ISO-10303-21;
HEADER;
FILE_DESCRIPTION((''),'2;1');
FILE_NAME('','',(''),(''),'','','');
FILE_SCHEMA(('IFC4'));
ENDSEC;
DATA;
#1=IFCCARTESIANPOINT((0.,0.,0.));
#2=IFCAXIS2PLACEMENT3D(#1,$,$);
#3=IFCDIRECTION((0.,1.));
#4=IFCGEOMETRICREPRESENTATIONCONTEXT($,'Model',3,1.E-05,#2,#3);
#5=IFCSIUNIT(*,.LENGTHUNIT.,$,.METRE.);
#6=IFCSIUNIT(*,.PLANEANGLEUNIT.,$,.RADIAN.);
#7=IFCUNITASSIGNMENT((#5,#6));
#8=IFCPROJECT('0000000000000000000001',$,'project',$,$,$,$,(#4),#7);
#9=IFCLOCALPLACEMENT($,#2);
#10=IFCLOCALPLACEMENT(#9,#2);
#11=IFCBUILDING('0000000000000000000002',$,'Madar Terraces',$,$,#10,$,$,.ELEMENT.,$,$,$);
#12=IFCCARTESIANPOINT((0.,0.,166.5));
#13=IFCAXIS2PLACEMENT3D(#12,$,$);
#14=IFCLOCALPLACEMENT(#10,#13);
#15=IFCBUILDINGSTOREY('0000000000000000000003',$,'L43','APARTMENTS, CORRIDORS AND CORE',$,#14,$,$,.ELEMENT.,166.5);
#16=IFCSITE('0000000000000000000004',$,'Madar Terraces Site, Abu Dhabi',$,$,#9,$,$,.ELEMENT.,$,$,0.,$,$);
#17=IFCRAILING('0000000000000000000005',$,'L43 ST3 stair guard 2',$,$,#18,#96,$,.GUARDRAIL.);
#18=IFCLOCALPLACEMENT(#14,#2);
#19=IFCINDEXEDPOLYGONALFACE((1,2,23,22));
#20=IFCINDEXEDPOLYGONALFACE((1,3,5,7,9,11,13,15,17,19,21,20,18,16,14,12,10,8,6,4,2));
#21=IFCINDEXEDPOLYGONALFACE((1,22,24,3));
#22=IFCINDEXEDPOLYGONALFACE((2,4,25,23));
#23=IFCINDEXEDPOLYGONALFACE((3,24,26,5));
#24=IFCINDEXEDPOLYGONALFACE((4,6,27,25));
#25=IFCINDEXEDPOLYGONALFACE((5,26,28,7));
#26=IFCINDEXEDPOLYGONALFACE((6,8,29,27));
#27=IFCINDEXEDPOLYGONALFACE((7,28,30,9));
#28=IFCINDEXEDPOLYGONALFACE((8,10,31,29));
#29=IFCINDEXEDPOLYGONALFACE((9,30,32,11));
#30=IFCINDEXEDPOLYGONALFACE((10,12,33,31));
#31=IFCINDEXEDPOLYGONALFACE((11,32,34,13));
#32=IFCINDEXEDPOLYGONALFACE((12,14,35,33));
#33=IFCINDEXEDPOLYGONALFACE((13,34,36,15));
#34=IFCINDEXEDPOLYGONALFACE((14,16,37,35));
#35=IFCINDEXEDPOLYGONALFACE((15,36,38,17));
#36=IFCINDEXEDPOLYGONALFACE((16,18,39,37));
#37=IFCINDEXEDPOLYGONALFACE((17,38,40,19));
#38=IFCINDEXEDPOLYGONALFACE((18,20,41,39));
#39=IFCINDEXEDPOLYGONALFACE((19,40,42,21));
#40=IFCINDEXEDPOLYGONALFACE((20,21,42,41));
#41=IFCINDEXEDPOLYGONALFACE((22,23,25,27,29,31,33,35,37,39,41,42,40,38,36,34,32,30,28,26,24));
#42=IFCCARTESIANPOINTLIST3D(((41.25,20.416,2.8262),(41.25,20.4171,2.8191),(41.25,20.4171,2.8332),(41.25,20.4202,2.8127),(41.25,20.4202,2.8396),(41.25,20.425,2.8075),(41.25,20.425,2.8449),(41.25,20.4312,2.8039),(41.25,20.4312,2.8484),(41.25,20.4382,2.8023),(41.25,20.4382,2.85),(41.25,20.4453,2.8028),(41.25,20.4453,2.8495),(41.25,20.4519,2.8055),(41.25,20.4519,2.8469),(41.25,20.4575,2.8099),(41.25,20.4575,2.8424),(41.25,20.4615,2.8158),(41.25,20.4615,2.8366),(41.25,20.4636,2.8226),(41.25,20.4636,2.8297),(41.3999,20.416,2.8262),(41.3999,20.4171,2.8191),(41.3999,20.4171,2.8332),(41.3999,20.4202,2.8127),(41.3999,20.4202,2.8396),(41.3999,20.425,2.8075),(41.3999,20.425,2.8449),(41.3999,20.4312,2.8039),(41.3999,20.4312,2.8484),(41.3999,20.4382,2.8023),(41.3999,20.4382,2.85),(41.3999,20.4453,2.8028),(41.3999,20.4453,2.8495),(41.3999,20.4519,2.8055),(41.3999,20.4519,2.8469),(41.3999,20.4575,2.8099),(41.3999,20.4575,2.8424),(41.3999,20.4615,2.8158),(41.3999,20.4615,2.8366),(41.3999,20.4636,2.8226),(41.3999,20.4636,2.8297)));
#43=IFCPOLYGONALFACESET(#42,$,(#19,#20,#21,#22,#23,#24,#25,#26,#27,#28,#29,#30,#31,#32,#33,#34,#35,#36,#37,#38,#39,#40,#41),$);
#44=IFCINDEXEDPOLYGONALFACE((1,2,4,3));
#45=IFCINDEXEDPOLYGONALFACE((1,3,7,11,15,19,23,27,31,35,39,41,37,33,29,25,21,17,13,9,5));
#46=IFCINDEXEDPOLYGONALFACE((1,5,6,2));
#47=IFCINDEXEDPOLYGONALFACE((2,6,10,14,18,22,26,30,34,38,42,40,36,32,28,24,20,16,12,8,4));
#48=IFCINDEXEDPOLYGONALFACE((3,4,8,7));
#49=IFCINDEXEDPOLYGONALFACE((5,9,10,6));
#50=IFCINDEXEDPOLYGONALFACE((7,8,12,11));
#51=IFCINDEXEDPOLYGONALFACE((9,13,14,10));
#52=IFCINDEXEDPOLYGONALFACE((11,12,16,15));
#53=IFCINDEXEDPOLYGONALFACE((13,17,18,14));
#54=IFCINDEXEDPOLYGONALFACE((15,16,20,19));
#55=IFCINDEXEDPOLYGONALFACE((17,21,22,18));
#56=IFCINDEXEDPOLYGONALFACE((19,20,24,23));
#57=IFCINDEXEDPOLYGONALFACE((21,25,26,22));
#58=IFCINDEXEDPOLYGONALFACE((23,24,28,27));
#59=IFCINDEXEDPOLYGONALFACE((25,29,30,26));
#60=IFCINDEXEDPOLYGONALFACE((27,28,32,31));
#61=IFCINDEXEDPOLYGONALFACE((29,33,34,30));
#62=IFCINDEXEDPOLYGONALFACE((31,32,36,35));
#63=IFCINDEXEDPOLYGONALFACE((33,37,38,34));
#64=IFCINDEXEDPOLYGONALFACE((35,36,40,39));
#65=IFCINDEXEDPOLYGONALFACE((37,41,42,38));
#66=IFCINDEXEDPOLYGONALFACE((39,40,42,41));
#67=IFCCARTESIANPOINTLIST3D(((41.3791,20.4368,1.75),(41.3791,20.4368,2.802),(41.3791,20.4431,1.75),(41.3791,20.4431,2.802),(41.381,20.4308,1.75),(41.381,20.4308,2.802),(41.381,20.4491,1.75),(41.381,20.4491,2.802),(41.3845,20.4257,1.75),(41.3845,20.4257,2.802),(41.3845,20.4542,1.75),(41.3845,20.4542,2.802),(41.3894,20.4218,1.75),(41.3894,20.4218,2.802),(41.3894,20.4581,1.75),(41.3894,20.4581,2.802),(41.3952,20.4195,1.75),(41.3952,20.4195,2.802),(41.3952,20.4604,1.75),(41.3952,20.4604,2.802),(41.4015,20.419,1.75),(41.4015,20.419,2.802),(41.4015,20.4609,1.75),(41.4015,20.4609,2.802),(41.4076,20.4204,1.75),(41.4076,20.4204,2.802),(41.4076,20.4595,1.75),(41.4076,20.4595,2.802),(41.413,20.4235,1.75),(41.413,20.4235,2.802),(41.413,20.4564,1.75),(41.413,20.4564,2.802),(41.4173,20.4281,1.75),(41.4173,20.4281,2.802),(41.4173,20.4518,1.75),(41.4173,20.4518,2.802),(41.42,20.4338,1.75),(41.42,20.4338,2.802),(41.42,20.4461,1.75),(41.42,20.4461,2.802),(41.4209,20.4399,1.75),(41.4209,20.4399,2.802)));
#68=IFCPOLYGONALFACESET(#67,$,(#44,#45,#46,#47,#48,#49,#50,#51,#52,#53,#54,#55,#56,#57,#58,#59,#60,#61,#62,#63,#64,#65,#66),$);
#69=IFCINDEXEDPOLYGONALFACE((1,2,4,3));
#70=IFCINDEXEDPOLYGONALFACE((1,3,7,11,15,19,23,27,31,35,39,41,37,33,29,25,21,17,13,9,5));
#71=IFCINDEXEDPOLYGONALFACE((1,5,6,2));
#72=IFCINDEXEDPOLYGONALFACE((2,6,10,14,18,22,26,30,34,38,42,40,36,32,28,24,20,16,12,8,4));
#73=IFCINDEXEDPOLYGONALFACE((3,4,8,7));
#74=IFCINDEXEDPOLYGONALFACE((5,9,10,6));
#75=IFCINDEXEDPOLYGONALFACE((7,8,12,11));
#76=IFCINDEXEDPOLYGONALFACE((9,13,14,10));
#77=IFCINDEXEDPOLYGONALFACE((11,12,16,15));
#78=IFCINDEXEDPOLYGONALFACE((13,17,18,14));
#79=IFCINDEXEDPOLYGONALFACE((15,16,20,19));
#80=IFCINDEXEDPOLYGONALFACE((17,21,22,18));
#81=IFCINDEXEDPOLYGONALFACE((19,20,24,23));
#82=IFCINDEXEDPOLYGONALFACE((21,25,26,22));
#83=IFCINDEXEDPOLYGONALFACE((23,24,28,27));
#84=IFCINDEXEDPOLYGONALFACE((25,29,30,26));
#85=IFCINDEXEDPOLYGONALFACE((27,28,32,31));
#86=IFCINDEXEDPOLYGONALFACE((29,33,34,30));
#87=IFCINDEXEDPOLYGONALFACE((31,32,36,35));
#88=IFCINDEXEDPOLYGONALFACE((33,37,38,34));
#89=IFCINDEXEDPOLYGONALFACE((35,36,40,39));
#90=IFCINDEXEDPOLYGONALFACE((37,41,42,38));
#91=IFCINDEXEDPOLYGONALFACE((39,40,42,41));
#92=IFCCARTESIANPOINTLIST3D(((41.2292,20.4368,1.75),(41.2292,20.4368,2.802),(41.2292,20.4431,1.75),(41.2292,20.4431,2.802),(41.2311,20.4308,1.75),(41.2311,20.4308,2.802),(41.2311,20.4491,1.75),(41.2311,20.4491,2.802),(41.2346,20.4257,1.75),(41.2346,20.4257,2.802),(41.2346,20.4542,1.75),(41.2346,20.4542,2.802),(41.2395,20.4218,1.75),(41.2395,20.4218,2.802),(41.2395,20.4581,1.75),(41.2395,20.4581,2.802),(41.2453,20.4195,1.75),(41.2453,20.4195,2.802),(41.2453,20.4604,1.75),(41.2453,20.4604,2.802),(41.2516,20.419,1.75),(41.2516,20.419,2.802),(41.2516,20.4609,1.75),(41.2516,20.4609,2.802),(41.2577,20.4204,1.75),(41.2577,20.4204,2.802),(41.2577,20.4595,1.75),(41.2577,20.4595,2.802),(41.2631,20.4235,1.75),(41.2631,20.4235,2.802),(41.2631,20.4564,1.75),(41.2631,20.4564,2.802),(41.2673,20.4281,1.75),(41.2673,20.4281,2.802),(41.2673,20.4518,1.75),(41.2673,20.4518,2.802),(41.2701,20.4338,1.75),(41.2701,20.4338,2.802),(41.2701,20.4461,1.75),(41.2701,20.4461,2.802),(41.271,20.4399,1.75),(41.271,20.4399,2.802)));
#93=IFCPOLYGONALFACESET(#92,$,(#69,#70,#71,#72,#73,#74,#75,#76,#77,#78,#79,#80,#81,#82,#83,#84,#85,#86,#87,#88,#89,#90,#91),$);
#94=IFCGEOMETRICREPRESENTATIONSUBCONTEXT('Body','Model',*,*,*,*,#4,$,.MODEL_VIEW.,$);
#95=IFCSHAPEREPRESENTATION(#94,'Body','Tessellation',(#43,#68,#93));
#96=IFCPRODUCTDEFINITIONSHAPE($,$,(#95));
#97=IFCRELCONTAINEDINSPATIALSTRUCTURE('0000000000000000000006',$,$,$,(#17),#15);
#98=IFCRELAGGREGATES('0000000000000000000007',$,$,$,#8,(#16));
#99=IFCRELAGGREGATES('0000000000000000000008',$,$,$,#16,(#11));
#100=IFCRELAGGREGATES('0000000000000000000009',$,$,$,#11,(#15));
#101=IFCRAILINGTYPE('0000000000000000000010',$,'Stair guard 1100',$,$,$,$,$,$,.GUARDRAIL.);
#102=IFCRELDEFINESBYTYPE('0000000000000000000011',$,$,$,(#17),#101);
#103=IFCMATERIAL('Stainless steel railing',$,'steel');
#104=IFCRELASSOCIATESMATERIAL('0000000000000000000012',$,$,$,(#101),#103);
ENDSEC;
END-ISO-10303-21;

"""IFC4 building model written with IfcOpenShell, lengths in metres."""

from ifc_helpers import new_model, si_unit, direction, frame, origin, origin_2d, place, context, subcontext, project, spatial, circle, extrude, material, type_object, element, save


model = new_model("IFC4")

# Units and contexts
model_context = context("Model", 3, precision=1e-05, world=origin(), true_north=direction((0.0, 1.0)))
body_context = subcontext(model_context, "Body", "Model", "MODEL_VIEW")
ifc_project = project(units=[si_unit("LENGTHUNIT", "METRE"), si_unit("PLANEANGLEUNIT", "RADIAN")], contexts=[model_context])

# Site, building, storey
site_placement = place(None, origin())
site = spatial("IfcSite", under=ifc_project, at=site_placement, Name="Madar Terraces Site, Abu Dhabi", CompositionType="ELEMENT", RefElevation=0.0)
building_placement = place(site_placement, origin())
building = spatial("IfcBuilding", under=site, at=building_placement, Name="Madar Terraces", CompositionType="ELEMENT")
storey_placement = place(building_placement, frame((0.0, 0.0, 166.5)))
storey = spatial("IfcBuildingStorey", under=building, at=storey_placement, Name="L43", Description="APARTMENTS, CORRIDORS AND CORE", CompositionType="ELEMENT", Elevation=166.5)

# Railing
ifc_material_1 = material(Name="Stainless steel railing", Category="steel")
railing_type_1 = type_object("IfcRailingType", Name="Stair guard 1100", PredefinedType="GUARDRAIL", material=ifc_material_1)
railing_1_placement = place(storey_placement, frame((41.3999, 20.4399, 1.75)))
element("IfcRailing", 1, at=railing_1_placement, inside=storey, type_object=railing_type_1, Name="L43 ST3 stair guard 2", PredefinedType="GUARDRAIL", context=body_context, shape_type="SweptSolid", body=[
    extrude(circle(Radius=0.0239, at=origin_2d()), frame((0.0, 0.0, 1.0762), z_axis=(-1.0, 0.0, 0.0), x_axis=(0.0, -1.0, 0.0)), (0.0, 0.0, 1.0), 0.1499),
    extrude(circle(Radius=0.021, at=origin_2d()), origin(), (0.0, 0.0, 1.0), 1.052),
    extrude(circle(Radius=0.021, at=origin_2d()), frame((-0.1499, 0.0, 0.0)), (0.0, 0.0, 1.0), 1.052),
])

save(model, "model.ifc")
